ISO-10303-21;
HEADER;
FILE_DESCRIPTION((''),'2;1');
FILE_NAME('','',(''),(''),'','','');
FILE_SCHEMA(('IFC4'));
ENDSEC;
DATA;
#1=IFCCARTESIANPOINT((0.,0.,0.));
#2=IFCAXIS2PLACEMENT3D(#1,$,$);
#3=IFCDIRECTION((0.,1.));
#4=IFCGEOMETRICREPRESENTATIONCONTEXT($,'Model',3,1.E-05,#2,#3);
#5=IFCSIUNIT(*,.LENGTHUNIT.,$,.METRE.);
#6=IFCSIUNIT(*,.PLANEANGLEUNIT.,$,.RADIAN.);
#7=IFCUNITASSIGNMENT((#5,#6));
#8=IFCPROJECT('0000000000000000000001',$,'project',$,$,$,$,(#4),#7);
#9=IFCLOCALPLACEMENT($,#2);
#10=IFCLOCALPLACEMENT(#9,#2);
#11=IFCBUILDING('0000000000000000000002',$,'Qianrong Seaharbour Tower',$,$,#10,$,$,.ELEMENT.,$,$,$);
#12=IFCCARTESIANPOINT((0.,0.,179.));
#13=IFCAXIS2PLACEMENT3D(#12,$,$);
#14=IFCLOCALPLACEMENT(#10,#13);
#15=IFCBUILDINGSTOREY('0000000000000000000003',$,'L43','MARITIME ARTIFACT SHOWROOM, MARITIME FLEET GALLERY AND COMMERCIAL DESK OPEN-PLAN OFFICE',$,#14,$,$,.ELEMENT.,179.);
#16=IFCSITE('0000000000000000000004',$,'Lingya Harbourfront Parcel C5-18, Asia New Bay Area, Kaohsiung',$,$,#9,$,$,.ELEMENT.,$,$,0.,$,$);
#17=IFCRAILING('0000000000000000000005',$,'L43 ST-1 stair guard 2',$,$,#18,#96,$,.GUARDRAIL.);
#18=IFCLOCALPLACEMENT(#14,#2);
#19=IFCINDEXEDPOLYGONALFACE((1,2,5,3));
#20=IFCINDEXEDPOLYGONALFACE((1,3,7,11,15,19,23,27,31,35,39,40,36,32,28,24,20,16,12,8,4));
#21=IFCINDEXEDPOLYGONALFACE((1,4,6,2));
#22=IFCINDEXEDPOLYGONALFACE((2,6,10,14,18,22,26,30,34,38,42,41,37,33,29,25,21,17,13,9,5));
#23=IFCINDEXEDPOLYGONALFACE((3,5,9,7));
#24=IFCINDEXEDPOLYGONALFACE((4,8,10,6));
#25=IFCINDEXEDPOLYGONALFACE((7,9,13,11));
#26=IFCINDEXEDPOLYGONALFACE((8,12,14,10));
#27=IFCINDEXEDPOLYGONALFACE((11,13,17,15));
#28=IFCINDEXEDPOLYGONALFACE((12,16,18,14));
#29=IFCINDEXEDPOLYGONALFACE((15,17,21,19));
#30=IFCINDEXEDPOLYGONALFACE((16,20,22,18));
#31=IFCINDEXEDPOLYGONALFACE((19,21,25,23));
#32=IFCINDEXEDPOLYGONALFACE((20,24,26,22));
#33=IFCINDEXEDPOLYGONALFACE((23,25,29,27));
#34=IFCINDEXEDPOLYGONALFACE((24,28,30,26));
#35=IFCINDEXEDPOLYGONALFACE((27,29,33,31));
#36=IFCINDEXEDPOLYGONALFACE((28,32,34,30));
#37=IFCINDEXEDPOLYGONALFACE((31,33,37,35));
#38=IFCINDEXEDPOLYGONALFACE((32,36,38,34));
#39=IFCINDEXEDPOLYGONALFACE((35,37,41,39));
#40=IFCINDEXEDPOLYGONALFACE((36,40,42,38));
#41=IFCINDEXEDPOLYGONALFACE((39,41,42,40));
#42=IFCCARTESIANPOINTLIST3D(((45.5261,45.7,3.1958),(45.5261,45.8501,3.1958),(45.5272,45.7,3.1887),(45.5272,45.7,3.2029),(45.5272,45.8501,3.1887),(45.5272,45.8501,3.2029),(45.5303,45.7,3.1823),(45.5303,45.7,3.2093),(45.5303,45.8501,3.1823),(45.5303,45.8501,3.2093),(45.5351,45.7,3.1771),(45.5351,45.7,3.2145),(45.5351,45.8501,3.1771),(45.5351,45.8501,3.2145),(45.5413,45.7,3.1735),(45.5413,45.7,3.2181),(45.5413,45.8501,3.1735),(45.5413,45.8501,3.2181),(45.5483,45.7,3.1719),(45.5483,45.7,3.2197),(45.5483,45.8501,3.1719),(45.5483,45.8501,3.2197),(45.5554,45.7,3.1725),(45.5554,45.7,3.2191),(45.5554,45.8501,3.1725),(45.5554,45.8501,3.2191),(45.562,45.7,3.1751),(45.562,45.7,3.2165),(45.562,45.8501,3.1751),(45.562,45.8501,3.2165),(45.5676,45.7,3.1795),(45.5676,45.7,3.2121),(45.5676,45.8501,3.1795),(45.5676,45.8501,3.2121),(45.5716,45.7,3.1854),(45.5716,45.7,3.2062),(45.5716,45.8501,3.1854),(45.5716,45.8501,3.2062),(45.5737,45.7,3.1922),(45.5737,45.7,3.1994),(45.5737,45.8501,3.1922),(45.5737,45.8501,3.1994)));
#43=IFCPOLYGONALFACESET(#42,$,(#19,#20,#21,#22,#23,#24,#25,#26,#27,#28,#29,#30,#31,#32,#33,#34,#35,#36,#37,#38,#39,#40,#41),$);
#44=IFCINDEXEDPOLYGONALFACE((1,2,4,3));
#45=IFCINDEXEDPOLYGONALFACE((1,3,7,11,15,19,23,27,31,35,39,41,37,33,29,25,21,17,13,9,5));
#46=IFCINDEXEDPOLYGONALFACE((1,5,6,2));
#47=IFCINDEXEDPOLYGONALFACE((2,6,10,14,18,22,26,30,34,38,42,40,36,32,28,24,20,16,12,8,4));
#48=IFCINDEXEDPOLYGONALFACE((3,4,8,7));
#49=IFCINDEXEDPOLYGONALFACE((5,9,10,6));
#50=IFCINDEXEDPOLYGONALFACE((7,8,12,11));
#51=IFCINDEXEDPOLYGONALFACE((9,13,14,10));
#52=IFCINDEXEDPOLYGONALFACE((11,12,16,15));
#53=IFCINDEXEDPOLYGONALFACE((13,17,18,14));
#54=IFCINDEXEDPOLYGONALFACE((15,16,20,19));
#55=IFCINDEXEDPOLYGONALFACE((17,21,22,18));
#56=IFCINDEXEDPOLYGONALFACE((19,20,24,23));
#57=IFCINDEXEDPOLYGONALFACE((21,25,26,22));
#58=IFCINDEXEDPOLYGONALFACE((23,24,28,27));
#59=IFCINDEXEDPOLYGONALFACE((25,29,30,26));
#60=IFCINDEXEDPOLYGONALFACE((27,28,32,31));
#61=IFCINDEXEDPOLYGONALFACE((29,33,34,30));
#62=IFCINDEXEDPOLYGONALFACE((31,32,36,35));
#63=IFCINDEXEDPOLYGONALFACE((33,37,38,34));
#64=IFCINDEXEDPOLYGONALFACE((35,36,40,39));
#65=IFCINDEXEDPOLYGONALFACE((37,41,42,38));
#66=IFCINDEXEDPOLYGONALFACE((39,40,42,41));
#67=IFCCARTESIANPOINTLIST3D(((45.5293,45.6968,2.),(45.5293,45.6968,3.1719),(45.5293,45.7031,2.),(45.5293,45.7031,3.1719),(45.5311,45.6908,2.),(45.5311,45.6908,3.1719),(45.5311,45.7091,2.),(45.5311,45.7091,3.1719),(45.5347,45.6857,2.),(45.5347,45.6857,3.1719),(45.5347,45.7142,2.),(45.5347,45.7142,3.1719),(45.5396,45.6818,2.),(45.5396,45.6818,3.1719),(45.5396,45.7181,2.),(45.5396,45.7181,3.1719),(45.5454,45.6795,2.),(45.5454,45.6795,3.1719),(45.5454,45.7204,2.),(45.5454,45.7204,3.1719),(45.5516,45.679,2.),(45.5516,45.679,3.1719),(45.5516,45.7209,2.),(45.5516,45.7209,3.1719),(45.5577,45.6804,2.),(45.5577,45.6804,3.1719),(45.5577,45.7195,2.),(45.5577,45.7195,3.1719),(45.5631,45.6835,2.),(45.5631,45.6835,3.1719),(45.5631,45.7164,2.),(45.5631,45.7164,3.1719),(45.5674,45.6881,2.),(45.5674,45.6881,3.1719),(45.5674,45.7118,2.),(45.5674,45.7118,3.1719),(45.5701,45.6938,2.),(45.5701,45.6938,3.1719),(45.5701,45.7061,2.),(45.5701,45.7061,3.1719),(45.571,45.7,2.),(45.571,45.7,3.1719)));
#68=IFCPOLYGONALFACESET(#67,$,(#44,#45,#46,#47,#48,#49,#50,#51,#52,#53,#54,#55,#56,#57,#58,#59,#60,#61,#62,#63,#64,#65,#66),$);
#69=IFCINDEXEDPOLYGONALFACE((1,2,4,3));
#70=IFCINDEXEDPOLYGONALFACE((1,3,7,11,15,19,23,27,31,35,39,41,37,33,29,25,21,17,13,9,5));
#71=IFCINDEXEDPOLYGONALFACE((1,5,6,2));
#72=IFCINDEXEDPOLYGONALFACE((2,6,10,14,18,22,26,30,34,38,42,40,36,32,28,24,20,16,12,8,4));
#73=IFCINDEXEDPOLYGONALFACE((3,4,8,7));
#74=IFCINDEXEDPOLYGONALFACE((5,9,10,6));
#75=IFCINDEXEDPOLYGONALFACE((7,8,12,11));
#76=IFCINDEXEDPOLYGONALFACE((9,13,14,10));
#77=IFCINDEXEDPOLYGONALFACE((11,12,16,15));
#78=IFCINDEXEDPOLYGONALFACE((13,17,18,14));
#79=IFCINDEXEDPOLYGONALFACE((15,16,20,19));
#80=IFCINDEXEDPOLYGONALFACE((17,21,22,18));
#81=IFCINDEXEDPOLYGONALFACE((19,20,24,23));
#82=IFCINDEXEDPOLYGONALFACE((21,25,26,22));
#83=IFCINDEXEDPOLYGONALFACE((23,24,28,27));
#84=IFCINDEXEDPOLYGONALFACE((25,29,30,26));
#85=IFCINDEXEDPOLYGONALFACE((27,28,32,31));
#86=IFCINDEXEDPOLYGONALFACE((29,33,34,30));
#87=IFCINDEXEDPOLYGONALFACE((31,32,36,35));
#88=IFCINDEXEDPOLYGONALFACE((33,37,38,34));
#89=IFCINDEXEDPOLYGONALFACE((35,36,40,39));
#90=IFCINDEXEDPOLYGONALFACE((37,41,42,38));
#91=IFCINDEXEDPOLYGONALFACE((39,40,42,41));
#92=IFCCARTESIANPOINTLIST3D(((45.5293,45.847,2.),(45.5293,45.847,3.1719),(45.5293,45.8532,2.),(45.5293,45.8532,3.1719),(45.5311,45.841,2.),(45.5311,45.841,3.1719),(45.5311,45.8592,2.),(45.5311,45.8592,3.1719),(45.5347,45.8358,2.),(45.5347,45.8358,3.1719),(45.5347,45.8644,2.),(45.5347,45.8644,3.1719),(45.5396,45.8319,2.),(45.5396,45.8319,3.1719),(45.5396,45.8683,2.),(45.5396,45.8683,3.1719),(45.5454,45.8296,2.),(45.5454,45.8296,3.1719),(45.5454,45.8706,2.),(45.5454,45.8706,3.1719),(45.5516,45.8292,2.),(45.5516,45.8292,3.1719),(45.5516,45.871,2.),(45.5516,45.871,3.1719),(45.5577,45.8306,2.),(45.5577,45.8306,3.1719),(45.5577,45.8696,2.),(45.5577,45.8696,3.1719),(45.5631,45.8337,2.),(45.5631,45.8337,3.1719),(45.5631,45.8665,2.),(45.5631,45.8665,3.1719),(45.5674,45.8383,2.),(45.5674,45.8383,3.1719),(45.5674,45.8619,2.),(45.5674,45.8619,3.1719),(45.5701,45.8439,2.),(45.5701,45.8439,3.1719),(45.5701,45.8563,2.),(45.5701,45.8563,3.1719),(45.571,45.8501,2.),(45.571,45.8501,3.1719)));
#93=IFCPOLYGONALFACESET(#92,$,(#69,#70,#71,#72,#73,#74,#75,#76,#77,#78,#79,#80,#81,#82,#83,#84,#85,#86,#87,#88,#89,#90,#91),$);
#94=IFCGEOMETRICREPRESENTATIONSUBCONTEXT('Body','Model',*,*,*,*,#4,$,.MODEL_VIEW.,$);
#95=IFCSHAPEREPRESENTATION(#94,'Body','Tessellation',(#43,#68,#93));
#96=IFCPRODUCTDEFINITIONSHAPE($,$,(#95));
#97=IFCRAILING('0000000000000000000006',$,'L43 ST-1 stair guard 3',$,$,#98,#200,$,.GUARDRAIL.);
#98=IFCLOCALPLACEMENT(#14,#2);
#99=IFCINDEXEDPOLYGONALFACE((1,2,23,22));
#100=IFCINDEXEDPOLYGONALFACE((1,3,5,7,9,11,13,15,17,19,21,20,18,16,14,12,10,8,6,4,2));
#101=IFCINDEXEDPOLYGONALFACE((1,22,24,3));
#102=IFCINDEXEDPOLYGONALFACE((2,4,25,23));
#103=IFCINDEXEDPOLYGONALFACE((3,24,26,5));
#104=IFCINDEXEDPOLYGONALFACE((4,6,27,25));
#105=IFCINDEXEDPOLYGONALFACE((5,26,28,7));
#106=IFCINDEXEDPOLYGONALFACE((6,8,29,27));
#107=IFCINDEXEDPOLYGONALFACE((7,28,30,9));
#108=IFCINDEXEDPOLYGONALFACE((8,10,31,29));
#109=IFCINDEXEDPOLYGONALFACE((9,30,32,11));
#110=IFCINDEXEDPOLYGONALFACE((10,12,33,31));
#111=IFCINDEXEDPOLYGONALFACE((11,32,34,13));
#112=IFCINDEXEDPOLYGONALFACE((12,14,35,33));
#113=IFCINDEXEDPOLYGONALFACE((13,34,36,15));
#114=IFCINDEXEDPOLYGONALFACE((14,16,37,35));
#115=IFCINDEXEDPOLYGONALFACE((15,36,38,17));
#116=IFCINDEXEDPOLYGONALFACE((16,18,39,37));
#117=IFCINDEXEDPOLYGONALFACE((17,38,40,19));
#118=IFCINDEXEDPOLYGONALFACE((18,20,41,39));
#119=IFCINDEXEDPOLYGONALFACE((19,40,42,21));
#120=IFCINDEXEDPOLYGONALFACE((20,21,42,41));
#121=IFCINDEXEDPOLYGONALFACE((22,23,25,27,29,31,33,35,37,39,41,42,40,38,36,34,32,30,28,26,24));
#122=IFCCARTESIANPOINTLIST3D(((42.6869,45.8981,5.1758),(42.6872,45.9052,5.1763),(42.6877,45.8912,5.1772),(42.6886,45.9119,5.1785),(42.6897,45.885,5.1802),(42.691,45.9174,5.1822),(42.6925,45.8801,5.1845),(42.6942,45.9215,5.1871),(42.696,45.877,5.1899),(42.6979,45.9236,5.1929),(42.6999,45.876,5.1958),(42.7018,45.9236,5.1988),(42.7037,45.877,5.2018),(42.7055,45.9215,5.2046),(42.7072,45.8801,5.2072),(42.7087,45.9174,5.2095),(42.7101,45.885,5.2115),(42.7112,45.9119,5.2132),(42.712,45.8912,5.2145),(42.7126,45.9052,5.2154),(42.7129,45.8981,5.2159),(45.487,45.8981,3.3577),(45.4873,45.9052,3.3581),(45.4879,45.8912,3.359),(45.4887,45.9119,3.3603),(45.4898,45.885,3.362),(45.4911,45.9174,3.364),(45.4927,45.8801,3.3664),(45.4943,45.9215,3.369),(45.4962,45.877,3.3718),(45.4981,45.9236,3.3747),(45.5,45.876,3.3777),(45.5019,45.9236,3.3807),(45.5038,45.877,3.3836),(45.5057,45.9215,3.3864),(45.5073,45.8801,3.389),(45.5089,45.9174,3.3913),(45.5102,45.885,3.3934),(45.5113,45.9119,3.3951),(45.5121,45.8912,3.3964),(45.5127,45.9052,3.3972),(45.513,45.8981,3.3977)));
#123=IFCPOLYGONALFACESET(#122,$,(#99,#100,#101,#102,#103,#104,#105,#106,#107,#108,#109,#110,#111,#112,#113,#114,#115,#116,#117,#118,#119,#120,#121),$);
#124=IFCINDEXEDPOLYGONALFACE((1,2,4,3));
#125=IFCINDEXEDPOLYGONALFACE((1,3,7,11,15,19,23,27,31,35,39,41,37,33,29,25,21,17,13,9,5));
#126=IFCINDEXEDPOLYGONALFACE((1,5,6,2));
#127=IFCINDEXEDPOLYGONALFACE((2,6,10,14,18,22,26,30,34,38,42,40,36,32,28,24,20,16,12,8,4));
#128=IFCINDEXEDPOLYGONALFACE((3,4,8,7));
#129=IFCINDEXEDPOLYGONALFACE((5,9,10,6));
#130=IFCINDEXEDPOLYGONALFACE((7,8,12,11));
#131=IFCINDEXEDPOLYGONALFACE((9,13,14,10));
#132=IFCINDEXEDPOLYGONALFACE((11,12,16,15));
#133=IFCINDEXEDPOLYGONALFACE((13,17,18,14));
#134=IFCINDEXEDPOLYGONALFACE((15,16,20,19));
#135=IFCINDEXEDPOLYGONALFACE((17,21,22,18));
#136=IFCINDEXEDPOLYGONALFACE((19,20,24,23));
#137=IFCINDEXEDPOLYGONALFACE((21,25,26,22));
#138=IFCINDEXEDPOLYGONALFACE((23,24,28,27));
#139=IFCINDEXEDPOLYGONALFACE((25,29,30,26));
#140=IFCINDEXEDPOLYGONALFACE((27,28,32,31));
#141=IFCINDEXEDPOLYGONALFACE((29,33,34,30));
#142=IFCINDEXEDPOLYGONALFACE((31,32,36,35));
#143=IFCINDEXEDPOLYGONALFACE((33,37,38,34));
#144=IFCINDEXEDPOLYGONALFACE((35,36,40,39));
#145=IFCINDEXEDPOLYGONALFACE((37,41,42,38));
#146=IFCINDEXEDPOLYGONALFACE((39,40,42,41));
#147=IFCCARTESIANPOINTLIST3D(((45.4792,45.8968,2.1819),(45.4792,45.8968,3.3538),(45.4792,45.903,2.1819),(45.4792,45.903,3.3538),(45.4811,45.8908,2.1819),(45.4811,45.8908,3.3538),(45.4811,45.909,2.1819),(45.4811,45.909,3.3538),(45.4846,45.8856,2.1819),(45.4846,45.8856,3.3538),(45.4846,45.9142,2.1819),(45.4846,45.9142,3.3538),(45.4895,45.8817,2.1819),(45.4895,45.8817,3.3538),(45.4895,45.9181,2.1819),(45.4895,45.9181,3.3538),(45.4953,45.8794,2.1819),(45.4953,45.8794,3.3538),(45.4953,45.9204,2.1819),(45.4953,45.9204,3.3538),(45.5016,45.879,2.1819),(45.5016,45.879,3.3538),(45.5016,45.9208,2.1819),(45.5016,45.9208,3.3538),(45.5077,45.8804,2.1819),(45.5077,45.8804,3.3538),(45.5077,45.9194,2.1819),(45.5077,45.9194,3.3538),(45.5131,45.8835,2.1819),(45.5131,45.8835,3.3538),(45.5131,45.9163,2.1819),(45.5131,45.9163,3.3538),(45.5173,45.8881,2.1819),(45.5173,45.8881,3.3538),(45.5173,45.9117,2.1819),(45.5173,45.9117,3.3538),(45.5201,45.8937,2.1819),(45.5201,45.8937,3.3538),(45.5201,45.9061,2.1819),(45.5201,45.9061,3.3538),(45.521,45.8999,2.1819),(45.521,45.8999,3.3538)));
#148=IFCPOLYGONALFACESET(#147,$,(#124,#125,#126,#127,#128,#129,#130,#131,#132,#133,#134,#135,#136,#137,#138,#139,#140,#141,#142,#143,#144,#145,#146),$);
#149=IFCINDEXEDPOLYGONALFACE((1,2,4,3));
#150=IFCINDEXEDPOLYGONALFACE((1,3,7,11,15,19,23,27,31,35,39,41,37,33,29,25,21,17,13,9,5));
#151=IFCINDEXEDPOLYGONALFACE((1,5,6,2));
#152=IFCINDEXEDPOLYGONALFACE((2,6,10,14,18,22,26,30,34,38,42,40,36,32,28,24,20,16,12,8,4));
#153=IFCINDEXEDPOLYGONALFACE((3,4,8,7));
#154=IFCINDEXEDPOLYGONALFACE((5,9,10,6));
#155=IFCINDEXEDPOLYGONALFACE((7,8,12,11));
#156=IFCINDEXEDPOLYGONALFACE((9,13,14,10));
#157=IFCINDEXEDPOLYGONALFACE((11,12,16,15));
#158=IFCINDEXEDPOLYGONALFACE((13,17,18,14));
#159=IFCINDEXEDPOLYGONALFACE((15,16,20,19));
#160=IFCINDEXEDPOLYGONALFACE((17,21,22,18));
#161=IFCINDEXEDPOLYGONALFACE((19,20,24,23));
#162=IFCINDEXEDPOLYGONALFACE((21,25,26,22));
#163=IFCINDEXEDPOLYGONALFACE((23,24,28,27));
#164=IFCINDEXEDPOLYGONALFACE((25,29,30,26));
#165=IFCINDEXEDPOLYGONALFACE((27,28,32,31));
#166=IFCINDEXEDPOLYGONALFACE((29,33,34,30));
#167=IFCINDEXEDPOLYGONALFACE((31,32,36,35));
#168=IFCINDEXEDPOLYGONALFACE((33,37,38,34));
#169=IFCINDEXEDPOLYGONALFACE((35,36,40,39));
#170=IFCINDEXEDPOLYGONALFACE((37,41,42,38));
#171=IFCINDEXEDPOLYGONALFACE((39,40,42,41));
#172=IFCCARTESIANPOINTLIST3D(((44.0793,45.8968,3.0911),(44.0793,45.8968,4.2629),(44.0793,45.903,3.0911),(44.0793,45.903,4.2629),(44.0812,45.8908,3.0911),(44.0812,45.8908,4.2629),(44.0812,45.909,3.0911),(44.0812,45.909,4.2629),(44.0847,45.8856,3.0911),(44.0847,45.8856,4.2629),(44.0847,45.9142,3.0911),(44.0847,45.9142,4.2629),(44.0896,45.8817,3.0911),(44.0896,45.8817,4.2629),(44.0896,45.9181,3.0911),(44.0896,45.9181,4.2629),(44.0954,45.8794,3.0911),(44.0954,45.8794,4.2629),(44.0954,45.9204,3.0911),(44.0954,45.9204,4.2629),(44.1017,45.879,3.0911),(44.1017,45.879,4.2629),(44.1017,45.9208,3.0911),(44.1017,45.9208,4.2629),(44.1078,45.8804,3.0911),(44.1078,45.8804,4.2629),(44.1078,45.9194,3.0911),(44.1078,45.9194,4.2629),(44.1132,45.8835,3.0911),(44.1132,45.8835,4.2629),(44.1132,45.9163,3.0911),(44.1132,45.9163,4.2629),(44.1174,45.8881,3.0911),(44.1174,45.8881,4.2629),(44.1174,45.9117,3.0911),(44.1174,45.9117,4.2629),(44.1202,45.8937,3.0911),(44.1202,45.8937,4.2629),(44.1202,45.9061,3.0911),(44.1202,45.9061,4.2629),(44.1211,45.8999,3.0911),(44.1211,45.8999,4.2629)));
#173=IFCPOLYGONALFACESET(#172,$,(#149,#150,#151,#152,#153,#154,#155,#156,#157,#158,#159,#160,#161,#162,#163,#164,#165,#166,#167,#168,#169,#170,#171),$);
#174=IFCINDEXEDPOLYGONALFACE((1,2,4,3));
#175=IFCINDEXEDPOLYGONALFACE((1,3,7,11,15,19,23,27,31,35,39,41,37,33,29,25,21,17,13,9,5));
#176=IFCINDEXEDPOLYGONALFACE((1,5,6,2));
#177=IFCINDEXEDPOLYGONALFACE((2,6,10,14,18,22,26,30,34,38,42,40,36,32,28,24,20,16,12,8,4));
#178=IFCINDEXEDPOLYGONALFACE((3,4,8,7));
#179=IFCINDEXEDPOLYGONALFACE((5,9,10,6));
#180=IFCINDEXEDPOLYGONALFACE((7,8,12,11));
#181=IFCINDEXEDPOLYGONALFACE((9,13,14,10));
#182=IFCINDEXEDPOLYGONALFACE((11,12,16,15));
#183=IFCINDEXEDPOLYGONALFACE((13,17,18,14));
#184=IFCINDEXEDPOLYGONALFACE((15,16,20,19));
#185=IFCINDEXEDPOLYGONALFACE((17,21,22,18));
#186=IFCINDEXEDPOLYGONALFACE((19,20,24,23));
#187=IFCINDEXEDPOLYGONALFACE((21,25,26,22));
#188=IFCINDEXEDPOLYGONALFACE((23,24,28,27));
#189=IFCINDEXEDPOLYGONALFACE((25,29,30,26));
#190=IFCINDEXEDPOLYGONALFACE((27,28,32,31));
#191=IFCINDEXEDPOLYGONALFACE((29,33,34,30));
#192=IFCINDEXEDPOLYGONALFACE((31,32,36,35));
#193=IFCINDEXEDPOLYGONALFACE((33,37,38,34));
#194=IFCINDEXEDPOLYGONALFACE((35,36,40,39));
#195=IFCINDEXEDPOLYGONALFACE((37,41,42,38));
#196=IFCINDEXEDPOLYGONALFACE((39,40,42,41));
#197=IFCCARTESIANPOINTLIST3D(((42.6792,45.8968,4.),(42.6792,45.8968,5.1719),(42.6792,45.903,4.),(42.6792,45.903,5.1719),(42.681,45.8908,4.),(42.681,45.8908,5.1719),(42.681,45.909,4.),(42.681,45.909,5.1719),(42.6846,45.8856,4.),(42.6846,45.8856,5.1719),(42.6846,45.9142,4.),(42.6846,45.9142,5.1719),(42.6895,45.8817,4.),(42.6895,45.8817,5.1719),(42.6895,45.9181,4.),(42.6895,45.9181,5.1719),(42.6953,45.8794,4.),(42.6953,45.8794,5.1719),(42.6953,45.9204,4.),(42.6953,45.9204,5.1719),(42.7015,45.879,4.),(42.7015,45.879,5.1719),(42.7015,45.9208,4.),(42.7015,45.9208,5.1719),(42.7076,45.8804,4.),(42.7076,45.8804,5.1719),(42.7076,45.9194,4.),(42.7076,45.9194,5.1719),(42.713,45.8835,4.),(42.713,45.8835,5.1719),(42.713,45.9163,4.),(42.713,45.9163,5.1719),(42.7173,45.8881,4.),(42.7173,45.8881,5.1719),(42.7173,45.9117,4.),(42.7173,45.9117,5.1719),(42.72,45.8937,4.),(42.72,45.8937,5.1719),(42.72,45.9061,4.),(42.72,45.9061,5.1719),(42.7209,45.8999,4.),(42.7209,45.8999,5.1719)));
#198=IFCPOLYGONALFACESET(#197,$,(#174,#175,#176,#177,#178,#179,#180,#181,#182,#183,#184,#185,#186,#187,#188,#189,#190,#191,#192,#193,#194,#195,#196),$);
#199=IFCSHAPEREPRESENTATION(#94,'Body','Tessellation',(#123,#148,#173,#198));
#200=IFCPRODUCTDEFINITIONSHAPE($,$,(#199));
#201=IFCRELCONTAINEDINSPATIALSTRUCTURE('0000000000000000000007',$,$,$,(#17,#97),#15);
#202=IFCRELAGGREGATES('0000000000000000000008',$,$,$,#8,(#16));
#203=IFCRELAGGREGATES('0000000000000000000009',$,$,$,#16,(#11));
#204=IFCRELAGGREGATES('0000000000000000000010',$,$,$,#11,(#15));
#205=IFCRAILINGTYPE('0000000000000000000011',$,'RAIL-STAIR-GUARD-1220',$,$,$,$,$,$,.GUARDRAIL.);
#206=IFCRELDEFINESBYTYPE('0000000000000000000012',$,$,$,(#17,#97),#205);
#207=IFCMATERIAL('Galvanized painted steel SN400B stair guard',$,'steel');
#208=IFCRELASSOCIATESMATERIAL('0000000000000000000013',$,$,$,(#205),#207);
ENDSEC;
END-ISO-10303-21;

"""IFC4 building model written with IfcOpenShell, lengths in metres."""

from ifc_helpers import new_model, si_unit, direction, frame, origin, origin_2d, place, context, subcontext, project, spatial, circle, extrude, material, type_object, element, save


model = new_model("IFC4")

# Units and contexts
model_context = context("Model", 3, precision=1e-05, world=origin(), true_north=direction((0.0, 1.0)))
body_context = subcontext(model_context, "Body", "Model", "MODEL_VIEW")
ifc_project = project(units=[si_unit("LENGTHUNIT", "METRE"), si_unit("PLANEANGLEUNIT", "RADIAN")], contexts=[model_context])

# Site, building, storey
site_placement = place(None, origin())
site = spatial("IfcSite", under=ifc_project, at=site_placement, Name="Lingya Harbourfront Parcel C5-18, Asia New Bay Area, Kaohsiung", CompositionType="ELEMENT", RefElevation=0.0)
building_placement = place(site_placement, origin())
building = spatial("IfcBuilding", under=site, at=building_placement, Name="Qianrong Seaharbour Tower", CompositionType="ELEMENT")
storey_placement = place(building_placement, frame((0.0, 0.0, 179.0)))
storey = spatial("IfcBuildingStorey", under=building, at=storey_placement, Name="L43", Description="MARITIME ARTIFACT SHOWROOM, MARITIME FLEET GALLERY AND COMMERCIAL DESK OPEN-PLAN OFFICE", CompositionType="ELEMENT", Elevation=179.0)

# Railings
ifc_material_1 = material(Name="Galvanized painted steel SN400B stair guard", Category="steel")
railing_type_1 = type_object("IfcRailingType", Name="RAIL-STAIR-GUARD-1220", PredefinedType="GUARDRAIL", material=ifc_material_1)
railing_1_placement = place(storey_placement, frame((45.55, 45.7, 2.0)))
element("IfcRailing", 1, at=railing_1_placement, inside=storey, type_object=railing_type_1, Name="L43 ST-1 stair guard 2", PredefinedType="GUARDRAIL", context=body_context, shape_type="SweptSolid", body=[
    extrude(circle(Radius=0.0239, at=origin_2d()), frame((0.0, 0.0, 1.1958), z_axis=(0.0, 1.0, 0.0), x_axis=(-1.0, 0.0, 0.0)), (0.0, 0.0, 1.0), 0.1501),
    extrude(circle(Radius=0.021, at=origin_2d()), origin(), (0.0, 0.0, 1.0), 1.1719),
    extrude(circle(Radius=0.021, at=origin_2d()), frame((0.0, 0.1501, 0.0)), (0.0, 0.0, 1.0), 1.1719),
])
railing_2_placement = place(storey_placement, frame((45.5, 45.8999, 2.1819)))
element("IfcRailing", 2, at=railing_2_placement, inside=storey, type_object=railing_type_1, Name="L43 ST-1 stair guard 3", PredefinedType="GUARDRAIL", context=body_context, shape_type="SweptSolid", body=[
    extrude(circle(Radius=0.0239, at=origin_2d()), frame((0.0, 0.0, 1.1958), z_axis=(-0.838706, 0.0, 0.544585), x_axis=(0.0, -1.0, 0.0)), (0.0, 0.0, 1.0), 3.3386),
    extrude(circle(Radius=0.021, at=origin_2d()), origin(), (0.0, 0.0, 1.0), 1.1719),
    extrude(circle(Radius=0.021, at=origin_2d()), frame((-1.3999, 0.0, 0.9092)), (0.0, 0.0, 1.0), 1.1719),
    extrude(circle(Radius=0.021, at=origin_2d()), frame((-2.8, 0.0, 1.8181)), (0.0, 0.0, 1.0), 1.1719),
])

save(model, "model.ifc")
